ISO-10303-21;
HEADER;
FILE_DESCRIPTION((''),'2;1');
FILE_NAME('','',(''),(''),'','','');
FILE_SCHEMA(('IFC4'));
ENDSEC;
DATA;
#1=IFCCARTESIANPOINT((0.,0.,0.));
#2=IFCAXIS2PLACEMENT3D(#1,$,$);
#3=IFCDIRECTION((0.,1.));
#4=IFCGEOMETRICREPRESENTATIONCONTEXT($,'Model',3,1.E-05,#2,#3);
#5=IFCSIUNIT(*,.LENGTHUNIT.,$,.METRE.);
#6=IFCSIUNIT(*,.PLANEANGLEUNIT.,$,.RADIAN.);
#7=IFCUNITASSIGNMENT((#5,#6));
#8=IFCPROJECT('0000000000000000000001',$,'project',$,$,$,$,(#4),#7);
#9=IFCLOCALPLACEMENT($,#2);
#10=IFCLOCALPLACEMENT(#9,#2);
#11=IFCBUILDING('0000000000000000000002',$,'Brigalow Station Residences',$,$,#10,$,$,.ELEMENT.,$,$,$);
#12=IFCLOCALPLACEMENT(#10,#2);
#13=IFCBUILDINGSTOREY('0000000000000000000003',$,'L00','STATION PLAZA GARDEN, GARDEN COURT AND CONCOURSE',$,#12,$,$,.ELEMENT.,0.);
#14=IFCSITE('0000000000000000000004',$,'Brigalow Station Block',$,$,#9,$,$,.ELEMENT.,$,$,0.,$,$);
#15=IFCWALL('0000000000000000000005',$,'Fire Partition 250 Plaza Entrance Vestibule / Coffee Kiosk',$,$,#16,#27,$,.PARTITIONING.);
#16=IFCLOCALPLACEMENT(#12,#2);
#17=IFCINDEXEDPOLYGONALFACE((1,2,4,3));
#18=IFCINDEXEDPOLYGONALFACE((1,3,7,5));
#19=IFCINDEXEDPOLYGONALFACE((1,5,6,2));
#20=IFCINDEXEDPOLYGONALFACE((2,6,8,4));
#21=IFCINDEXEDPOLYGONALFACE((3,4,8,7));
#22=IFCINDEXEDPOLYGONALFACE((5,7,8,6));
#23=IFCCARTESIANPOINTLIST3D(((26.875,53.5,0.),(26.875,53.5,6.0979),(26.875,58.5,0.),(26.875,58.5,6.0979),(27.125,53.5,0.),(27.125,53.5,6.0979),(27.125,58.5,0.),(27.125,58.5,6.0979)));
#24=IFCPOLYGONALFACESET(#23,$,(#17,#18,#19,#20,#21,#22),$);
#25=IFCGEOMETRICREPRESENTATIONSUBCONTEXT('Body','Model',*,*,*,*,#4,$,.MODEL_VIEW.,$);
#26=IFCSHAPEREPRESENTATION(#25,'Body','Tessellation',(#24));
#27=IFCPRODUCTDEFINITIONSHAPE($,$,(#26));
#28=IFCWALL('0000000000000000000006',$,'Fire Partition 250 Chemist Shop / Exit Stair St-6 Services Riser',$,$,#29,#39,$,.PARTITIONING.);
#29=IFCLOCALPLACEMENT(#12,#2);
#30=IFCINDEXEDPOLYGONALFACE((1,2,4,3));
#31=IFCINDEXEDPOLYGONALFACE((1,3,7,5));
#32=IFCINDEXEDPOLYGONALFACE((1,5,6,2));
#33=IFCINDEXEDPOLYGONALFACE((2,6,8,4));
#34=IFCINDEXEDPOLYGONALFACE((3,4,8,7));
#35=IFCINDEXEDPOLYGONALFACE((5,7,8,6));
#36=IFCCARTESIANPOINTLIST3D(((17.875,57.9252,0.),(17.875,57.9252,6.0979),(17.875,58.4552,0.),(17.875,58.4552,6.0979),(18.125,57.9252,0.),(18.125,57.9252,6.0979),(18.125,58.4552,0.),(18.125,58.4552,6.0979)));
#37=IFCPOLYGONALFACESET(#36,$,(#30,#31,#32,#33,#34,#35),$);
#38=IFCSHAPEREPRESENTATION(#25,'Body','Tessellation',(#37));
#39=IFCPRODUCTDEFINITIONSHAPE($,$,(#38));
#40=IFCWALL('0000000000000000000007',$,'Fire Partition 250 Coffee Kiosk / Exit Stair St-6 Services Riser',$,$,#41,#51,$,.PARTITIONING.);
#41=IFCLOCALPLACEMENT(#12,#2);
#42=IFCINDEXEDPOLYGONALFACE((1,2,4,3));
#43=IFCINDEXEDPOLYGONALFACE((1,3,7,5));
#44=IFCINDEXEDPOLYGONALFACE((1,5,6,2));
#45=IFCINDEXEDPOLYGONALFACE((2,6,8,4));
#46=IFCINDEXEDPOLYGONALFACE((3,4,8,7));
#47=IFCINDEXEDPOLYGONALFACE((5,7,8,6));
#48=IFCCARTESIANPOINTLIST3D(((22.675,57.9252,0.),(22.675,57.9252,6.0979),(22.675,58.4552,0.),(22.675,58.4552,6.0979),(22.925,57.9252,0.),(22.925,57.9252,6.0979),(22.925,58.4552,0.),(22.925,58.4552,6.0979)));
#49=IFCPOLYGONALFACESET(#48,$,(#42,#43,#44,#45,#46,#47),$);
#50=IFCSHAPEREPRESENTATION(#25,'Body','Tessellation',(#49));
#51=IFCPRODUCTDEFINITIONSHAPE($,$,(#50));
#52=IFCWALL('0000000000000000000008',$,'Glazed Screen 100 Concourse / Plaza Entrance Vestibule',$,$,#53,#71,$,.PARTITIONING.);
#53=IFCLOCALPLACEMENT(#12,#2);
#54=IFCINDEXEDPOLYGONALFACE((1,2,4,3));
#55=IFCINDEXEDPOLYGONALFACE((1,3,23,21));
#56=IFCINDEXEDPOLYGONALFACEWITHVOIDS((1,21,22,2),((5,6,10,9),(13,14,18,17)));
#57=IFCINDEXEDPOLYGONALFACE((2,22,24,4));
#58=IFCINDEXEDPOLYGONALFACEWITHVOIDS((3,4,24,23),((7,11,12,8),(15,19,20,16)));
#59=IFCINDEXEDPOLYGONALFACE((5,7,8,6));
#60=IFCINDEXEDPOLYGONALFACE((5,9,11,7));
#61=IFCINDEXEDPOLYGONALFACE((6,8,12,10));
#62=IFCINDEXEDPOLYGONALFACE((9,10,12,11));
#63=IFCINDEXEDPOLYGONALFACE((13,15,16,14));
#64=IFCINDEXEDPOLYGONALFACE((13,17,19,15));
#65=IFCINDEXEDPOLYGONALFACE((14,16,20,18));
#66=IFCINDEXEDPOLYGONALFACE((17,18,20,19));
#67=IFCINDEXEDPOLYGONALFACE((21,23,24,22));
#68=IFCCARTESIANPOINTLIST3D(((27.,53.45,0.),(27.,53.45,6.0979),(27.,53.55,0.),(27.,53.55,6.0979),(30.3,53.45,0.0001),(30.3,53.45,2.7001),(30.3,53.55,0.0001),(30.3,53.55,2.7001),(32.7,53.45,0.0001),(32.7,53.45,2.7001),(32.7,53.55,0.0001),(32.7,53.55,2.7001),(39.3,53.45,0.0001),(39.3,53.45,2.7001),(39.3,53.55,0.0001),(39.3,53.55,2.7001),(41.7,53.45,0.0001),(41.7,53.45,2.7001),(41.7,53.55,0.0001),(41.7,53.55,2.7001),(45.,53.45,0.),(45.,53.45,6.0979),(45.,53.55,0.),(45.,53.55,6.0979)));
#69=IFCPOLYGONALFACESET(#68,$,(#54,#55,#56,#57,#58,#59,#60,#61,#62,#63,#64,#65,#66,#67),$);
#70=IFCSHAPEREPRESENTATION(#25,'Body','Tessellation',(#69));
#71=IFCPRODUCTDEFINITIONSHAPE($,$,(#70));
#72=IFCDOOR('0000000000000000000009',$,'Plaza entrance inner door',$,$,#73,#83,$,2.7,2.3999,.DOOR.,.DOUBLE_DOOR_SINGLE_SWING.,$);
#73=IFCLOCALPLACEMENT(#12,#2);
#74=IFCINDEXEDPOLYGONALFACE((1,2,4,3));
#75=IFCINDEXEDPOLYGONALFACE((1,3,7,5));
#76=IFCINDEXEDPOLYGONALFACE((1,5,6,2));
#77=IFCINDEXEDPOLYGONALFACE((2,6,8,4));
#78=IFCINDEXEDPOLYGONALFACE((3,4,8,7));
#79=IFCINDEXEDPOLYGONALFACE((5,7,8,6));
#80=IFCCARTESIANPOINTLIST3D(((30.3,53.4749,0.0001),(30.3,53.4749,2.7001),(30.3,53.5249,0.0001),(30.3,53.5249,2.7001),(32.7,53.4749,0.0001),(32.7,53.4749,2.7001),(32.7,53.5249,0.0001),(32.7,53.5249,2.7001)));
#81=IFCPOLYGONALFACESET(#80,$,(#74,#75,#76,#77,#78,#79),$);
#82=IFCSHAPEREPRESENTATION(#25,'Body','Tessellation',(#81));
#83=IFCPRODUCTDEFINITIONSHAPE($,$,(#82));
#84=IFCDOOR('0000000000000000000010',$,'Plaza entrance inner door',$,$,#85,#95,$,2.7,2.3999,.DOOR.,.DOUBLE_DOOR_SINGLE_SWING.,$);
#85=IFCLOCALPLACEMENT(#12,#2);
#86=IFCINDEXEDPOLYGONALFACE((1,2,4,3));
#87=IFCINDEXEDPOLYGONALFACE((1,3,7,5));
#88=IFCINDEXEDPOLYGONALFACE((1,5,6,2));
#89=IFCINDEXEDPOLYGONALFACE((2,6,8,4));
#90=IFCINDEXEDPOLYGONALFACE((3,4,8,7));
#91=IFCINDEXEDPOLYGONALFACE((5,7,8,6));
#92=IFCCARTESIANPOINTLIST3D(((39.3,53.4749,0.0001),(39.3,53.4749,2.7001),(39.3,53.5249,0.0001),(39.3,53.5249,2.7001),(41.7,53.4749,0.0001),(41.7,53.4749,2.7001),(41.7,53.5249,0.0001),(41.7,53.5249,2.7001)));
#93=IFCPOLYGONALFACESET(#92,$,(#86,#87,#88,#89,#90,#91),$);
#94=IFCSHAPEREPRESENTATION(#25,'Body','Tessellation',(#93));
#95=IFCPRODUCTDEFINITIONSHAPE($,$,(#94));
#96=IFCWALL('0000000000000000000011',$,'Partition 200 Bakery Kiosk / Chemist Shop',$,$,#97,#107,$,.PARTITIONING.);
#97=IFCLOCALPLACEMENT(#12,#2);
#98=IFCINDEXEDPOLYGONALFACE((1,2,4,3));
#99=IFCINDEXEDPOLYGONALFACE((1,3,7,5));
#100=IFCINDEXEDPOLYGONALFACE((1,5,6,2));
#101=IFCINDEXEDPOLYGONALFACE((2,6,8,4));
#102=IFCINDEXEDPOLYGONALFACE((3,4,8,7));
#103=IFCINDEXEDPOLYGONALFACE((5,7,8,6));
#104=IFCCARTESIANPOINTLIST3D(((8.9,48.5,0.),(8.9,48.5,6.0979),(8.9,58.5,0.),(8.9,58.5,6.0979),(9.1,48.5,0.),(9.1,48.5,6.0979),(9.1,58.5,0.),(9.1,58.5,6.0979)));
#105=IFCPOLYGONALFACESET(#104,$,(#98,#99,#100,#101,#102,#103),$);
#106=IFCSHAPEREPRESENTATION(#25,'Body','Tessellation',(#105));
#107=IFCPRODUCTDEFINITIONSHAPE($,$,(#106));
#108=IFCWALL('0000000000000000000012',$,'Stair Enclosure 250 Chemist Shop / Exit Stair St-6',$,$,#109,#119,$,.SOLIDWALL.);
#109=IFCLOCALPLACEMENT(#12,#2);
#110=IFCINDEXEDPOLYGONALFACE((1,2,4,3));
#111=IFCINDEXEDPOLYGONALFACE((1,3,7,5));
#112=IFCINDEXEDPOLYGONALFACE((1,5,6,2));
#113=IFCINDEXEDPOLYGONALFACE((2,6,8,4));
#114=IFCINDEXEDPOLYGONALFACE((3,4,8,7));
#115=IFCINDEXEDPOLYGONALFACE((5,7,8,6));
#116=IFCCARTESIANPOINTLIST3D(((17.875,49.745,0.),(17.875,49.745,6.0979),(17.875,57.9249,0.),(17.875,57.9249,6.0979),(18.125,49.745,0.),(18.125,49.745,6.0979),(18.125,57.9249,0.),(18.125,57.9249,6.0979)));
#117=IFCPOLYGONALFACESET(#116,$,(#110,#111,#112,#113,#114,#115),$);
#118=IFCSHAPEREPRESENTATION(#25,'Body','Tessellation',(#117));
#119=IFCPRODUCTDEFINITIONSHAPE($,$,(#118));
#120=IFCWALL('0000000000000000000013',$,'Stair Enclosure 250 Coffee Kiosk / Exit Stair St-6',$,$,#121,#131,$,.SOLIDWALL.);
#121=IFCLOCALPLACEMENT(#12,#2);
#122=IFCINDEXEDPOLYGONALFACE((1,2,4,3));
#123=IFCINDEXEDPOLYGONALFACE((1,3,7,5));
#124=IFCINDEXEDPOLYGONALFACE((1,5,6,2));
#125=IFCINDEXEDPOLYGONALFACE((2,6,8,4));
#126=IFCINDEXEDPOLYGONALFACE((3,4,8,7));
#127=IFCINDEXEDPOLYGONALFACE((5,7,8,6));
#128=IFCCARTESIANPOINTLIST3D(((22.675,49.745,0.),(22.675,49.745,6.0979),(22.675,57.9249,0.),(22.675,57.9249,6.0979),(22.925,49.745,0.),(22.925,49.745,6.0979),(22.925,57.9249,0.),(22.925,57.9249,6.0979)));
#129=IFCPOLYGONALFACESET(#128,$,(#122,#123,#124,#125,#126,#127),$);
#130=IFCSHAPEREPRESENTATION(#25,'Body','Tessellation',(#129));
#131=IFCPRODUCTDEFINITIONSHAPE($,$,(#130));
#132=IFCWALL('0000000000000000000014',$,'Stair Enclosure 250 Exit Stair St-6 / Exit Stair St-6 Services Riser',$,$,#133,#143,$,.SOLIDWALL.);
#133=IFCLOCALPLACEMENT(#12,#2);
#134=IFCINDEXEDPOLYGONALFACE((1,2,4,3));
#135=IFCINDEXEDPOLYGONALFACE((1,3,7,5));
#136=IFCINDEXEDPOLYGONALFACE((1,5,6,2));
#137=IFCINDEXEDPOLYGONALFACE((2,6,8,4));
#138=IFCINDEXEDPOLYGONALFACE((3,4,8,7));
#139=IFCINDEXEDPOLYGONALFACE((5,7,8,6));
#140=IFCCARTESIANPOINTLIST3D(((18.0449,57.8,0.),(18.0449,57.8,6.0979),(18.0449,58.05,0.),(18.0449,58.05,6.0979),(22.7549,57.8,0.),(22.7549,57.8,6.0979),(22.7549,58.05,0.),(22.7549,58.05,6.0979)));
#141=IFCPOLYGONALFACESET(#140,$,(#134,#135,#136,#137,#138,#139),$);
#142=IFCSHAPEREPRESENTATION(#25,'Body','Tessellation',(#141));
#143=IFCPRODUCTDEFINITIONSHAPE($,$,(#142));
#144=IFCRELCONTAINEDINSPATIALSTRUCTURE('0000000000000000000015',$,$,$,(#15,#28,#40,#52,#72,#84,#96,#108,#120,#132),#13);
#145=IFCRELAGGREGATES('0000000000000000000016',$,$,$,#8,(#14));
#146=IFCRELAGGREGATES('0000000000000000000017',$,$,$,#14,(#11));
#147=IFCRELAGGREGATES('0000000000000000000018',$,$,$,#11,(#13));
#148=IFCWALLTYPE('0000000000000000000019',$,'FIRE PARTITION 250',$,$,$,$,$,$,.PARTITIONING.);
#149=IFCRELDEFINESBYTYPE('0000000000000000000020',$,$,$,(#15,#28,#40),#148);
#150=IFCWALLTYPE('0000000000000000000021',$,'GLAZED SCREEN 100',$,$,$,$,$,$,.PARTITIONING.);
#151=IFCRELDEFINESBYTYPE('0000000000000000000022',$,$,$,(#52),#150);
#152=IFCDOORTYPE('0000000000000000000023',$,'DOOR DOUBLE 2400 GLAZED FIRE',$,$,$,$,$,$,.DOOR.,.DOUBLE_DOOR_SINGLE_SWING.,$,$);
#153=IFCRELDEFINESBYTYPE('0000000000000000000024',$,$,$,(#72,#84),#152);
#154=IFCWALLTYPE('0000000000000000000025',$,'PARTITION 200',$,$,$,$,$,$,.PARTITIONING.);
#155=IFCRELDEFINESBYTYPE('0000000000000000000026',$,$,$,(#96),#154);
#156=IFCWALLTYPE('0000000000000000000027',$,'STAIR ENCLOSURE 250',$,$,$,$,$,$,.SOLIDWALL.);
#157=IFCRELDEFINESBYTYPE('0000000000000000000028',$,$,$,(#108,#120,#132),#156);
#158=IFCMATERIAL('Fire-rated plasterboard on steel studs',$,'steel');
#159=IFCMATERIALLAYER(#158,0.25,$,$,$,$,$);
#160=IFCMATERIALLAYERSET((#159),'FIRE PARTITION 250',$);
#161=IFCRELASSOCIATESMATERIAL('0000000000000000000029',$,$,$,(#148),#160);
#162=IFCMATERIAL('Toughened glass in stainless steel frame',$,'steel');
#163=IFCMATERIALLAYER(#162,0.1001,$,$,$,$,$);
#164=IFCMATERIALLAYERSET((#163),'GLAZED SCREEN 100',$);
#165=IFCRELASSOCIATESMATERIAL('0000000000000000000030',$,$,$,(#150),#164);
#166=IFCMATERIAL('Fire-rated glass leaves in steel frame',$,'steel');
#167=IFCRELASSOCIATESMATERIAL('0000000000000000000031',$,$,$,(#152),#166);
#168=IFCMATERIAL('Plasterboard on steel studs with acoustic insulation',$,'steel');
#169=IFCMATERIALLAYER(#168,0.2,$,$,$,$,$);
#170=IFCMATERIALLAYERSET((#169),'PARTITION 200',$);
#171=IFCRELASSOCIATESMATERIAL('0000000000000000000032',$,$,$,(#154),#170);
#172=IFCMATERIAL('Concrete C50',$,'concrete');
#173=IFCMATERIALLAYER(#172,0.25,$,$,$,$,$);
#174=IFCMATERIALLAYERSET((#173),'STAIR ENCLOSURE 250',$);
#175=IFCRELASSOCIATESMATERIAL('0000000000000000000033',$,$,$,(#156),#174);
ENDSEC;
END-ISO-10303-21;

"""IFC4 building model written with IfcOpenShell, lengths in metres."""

from ifc_helpers import new_model, si_unit, direction, frame, frame_2d, origin, place, context, subcontext, project, spatial, rectangle, extrude, material, layer, layer_set, type_object, element, fill, save


model = new_model("IFC4")

# Units and contexts
model_context = context("Model", 3, precision=1e-05, world=origin(), true_north=direction((0.0, 1.0)))
body_context = subcontext(model_context, "Body", "Model", "MODEL_VIEW")
ifc_project = project(units=[si_unit("LENGTHUNIT", "METRE"), si_unit("PLANEANGLEUNIT", "RADIAN")], contexts=[model_context])

# Site, building, storey
site_placement = place(None, origin())
site = spatial("IfcSite", under=ifc_project, at=site_placement, Name="Brigalow Station Block", CompositionType="ELEMENT", RefElevation=0.0)
building_placement = place(site_placement, origin())
building = spatial("IfcBuilding", under=site, at=building_placement, Name="Brigalow Station Residences", CompositionType="ELEMENT")
storey_placement = place(building_placement, origin())
storey = spatial("IfcBuildingStorey", under=building, at=storey_placement, Name="L00", Description="STATION PLAZA GARDEN, GARDEN COURT AND CONCOURSE", CompositionType="ELEMENT", Elevation=0.0)

# Shared definitions
ifc_material_1 = material(Name="Fire-rated plasterboard on steel studs", Category="steel")
ifc_layer_1 = layer(ifc_material_1, 0.25)
ifc_layer_set_1 = layer_set([ifc_layer_1], Name="FIRE PARTITION 250")
wall_type_1 = type_object("IfcWallType", Name="FIRE PARTITION 250", PredefinedType="PARTITIONING", material=ifc_layer_set_1)

# Walls
wall_1_placement = place(storey_placement, frame((27.0, 53.5, 0.0), z_axis=(0.0, 0.0, 1.0), x_axis=(0.0, 1.0, 0.0)))
element("IfcWall", 1, at=wall_1_placement, inside=storey, type_object=wall_type_1, Name="Fire Partition 250 Plaza Entrance Vestibule / Coffee Kiosk", PredefinedType="PARTITIONING", context=body_context, shape_type="SweptSolid", body=[
    extrude(rectangle(XDim=5.0, YDim=0.25, at=frame_2d((2.5, 0.0))), origin(), (0.0, 0.0, 1.0), 6.0979),
])
for number, where, z_axis, x_axis, name in (
    (2, (18.0, 57.925, 0.0), (0.0, 0.0, 1.0), (0.0, 1.0, 0.0), "Fire Partition 250 Chemist Shop / Exit Stair St-6 Services Riser"),
    (3, (22.8, 57.925, 0.0), (0.0, 0.0, 1.0), (0.0, 1.0, 0.0), "Fire Partition 250 Coffee Kiosk / Exit Stair St-6 Services Riser"),
):
    element("IfcWall", number, at=place(storey_placement, frame(where, z_axis=z_axis, x_axis=x_axis)), inside=storey, type_object=wall_type_1, Name=name, PredefinedType="PARTITIONING", context=body_context, shape_type="SweptSolid", body=[
        extrude(rectangle(XDim=0.53, YDim=0.25, at=frame_2d((0.2651, 0.0))), origin(), (0.0, 0.0, 1.0), 6.0979),
    ])

# Wall, openings, doors
ifc_material_2 = material(Name="Toughened glass in stainless steel frame", Category="steel")
ifc_layer_2 = layer(ifc_material_2, 0.1001)
ifc_layer_set_2 = layer_set([ifc_layer_2], Name="GLAZED SCREEN 100")
wall_type_2 = type_object("IfcWallType", Name="GLAZED SCREEN 100", PredefinedType="PARTITIONING", material=ifc_layer_set_2)
wall_2_placement = place(storey_placement, frame((27.0, 53.5, 0.0), z_axis=(0.0, 0.0, 1.0), x_axis=(1.0, 0.0, 0.0)))
wall_2 = element("IfcWall", 4, at=wall_2_placement, inside=storey, type_object=wall_type_2, Name="Glazed Screen 100 Concourse / Plaza Entrance Vestibule", PredefinedType="PARTITIONING", context=body_context, shape_type="SweptSolid", body=[
    extrude(rectangle(XDim=18.0, YDim=0.1001, at=frame_2d((9.0, 0.0))), origin(), (0.0, 0.0, 1.0), 6.0979),
])
opening_1_placement = place(wall_2_placement, frame((3.3, 0.0, 0.0)))
opening_1 = element("IfcOpeningElement", 5, at=opening_1_placement, cuts=wall_2, PredefinedType="OPENING", context=body_context, shape_type="SweptSolid", body=[
    extrude(rectangle(XDim=2.3999, YDim=2.7, at=frame_2d((1.2, 1.3501))), frame((0.0, 0.0601, 0.0), z_axis=(0.0, -1.0, 0.0), x_axis=(1.0, 0.0, 0.0)), (0.0, 0.0, 1.0), 0.1201),
])
opening_2_placement = place(wall_2_placement, frame((12.3, 0.0, 0.0)))
opening_2 = element("IfcOpeningElement", 6, at=opening_2_placement, cuts=wall_2, PredefinedType="OPENING", context=body_context, shape_type="SweptSolid", body=[
    extrude(rectangle(XDim=2.3999, YDim=2.7, at=frame_2d((1.2, 1.3501))), frame((0.0, 0.0601, 0.0), z_axis=(0.0, -1.0, 0.0), x_axis=(1.0, 0.0, 0.0)), (0.0, 0.0, 1.0), 0.1201),
])
ifc_material_3 = material(Name="Fire-rated glass leaves in steel frame", Category="steel")
door_type_1 = type_object("IfcDoorType", Name="DOOR DOUBLE 2400 GLAZED FIRE", OperationType="DOUBLE_DOOR_SINGLE_SWING", PredefinedType="DOOR", material=ifc_material_3)
door_1_placement = place(opening_1_placement, origin())
door_1 = element("IfcDoor", 7, at=door_1_placement, inside=storey, type_object=door_type_1, Name="Plaza entrance inner door", OperationType="DOUBLE_DOOR_SINGLE_SWING", OverallHeight=2.7, OverallWidth=2.3999, PredefinedType="DOOR", context=body_context, shape_type="SweptSolid", body=[
    extrude(rectangle(XDim=2.3999, YDim=2.7, at=frame_2d((1.2, 1.3501))), frame((0.0, 0.0249, 0.0), z_axis=(0.0, -1.0, 0.0), x_axis=(1.0, 0.0, 0.0)), (0.0, 0.0, 1.0), 0.05),
])
fill(opening_1, door_1)
door_2_placement = place(opening_2_placement, origin())
door_2 = element("IfcDoor", 8, at=door_2_placement, inside=storey, type_object=door_type_1, Name="Plaza entrance inner door", OperationType="DOUBLE_DOOR_SINGLE_SWING", OverallHeight=2.7, OverallWidth=2.3999, PredefinedType="DOOR", context=body_context, shape_type="SweptSolid", body=[
    extrude(rectangle(XDim=2.3999, YDim=2.7, at=frame_2d((1.2, 1.3501))), frame((0.0, 0.0249, 0.0), z_axis=(0.0, -1.0, 0.0), x_axis=(1.0, 0.0, 0.0)), (0.0, 0.0, 1.0), 0.05),
])
fill(opening_2, door_2)

# Wall
ifc_material_4 = material(Name="Plasterboard on steel studs with acoustic insulation", Category="steel")
ifc_layer_3 = layer(ifc_material_4, 0.2)
ifc_layer_set_3 = layer_set([ifc_layer_3], Name="PARTITION 200")
wall_type_3 = type_object("IfcWallType", Name="PARTITION 200", PredefinedType="PARTITIONING", material=ifc_layer_set_3)
wall_3_placement = place(storey_placement, frame((9.0, 48.5, 0.0), z_axis=(0.0, 0.0, 1.0), x_axis=(0.0, 1.0, 0.0)))
element("IfcWall", 9, at=wall_3_placement, inside=storey, type_object=wall_type_3, Name="Partition 200 Bakery Kiosk / Chemist Shop", PredefinedType="PARTITIONING", context=body_context, shape_type="SweptSolid", body=[
    extrude(rectangle(XDim=10.0, YDim=0.2, at=frame_2d((5.0, 0.0))), origin(), (0.0, 0.0, 1.0), 6.0979),
])

# Shared definitions
ifc_material_5 = material(Name="Concrete C50", Category="concrete")
ifc_layer_4 = layer(ifc_material_5, 0.25)
ifc_layer_set_4 = layer_set([ifc_layer_4], Name="STAIR ENCLOSURE 250")
wall_type_4 = type_object("IfcWallType", Name="STAIR ENCLOSURE 250", PredefinedType="SOLIDWALL", material=ifc_layer_set_4)

# Walls
for number, where, z_axis, x_axis, name in (
    (10, (18.0, 49.7451, 0.0), (0.0, 0.0, 1.0), (0.0, 1.0, 0.0), "Stair Enclosure 250 Chemist Shop / Exit Stair St-6"),
    (11, (22.8, 49.7451, 0.0), (0.0, 0.0, 1.0), (0.0, 1.0, 0.0), "Stair Enclosure 250 Coffee Kiosk / Exit Stair St-6"),
):
    element("IfcWall", number, at=place(storey_placement, frame(where, z_axis=z_axis, x_axis=x_axis)), inside=storey, type_object=wall_type_4, Name=name, PredefinedType="SOLIDWALL", context=body_context, shape_type="SweptSolid", body=[
        extrude(rectangle(XDim=8.1799, YDim=0.25, at=frame_2d((4.0898, 0.0))), origin(), (0.0, 0.0, 1.0), 6.0979),
    ])
wall_4_placement = place(storey_placement, frame((18.0449, 57.925, 0.0), z_axis=(0.0, 0.0, 1.0), x_axis=(1.0, 0.0, 0.0)))
element("IfcWall", 12, at=wall_4_placement, inside=storey, type_object=wall_type_4, Name="Stair Enclosure 250 Exit Stair St-6 / Exit Stair St-6 Services Riser", PredefinedType="SOLIDWALL", context=body_context, shape_type="SweptSolid", body=[
    extrude(rectangle(XDim=4.71, YDim=0.25, at=frame_2d((2.355, 0.0))), origin(), (0.0, 0.0, 1.0), 6.0979),
])

save(model, "model.ifc")
